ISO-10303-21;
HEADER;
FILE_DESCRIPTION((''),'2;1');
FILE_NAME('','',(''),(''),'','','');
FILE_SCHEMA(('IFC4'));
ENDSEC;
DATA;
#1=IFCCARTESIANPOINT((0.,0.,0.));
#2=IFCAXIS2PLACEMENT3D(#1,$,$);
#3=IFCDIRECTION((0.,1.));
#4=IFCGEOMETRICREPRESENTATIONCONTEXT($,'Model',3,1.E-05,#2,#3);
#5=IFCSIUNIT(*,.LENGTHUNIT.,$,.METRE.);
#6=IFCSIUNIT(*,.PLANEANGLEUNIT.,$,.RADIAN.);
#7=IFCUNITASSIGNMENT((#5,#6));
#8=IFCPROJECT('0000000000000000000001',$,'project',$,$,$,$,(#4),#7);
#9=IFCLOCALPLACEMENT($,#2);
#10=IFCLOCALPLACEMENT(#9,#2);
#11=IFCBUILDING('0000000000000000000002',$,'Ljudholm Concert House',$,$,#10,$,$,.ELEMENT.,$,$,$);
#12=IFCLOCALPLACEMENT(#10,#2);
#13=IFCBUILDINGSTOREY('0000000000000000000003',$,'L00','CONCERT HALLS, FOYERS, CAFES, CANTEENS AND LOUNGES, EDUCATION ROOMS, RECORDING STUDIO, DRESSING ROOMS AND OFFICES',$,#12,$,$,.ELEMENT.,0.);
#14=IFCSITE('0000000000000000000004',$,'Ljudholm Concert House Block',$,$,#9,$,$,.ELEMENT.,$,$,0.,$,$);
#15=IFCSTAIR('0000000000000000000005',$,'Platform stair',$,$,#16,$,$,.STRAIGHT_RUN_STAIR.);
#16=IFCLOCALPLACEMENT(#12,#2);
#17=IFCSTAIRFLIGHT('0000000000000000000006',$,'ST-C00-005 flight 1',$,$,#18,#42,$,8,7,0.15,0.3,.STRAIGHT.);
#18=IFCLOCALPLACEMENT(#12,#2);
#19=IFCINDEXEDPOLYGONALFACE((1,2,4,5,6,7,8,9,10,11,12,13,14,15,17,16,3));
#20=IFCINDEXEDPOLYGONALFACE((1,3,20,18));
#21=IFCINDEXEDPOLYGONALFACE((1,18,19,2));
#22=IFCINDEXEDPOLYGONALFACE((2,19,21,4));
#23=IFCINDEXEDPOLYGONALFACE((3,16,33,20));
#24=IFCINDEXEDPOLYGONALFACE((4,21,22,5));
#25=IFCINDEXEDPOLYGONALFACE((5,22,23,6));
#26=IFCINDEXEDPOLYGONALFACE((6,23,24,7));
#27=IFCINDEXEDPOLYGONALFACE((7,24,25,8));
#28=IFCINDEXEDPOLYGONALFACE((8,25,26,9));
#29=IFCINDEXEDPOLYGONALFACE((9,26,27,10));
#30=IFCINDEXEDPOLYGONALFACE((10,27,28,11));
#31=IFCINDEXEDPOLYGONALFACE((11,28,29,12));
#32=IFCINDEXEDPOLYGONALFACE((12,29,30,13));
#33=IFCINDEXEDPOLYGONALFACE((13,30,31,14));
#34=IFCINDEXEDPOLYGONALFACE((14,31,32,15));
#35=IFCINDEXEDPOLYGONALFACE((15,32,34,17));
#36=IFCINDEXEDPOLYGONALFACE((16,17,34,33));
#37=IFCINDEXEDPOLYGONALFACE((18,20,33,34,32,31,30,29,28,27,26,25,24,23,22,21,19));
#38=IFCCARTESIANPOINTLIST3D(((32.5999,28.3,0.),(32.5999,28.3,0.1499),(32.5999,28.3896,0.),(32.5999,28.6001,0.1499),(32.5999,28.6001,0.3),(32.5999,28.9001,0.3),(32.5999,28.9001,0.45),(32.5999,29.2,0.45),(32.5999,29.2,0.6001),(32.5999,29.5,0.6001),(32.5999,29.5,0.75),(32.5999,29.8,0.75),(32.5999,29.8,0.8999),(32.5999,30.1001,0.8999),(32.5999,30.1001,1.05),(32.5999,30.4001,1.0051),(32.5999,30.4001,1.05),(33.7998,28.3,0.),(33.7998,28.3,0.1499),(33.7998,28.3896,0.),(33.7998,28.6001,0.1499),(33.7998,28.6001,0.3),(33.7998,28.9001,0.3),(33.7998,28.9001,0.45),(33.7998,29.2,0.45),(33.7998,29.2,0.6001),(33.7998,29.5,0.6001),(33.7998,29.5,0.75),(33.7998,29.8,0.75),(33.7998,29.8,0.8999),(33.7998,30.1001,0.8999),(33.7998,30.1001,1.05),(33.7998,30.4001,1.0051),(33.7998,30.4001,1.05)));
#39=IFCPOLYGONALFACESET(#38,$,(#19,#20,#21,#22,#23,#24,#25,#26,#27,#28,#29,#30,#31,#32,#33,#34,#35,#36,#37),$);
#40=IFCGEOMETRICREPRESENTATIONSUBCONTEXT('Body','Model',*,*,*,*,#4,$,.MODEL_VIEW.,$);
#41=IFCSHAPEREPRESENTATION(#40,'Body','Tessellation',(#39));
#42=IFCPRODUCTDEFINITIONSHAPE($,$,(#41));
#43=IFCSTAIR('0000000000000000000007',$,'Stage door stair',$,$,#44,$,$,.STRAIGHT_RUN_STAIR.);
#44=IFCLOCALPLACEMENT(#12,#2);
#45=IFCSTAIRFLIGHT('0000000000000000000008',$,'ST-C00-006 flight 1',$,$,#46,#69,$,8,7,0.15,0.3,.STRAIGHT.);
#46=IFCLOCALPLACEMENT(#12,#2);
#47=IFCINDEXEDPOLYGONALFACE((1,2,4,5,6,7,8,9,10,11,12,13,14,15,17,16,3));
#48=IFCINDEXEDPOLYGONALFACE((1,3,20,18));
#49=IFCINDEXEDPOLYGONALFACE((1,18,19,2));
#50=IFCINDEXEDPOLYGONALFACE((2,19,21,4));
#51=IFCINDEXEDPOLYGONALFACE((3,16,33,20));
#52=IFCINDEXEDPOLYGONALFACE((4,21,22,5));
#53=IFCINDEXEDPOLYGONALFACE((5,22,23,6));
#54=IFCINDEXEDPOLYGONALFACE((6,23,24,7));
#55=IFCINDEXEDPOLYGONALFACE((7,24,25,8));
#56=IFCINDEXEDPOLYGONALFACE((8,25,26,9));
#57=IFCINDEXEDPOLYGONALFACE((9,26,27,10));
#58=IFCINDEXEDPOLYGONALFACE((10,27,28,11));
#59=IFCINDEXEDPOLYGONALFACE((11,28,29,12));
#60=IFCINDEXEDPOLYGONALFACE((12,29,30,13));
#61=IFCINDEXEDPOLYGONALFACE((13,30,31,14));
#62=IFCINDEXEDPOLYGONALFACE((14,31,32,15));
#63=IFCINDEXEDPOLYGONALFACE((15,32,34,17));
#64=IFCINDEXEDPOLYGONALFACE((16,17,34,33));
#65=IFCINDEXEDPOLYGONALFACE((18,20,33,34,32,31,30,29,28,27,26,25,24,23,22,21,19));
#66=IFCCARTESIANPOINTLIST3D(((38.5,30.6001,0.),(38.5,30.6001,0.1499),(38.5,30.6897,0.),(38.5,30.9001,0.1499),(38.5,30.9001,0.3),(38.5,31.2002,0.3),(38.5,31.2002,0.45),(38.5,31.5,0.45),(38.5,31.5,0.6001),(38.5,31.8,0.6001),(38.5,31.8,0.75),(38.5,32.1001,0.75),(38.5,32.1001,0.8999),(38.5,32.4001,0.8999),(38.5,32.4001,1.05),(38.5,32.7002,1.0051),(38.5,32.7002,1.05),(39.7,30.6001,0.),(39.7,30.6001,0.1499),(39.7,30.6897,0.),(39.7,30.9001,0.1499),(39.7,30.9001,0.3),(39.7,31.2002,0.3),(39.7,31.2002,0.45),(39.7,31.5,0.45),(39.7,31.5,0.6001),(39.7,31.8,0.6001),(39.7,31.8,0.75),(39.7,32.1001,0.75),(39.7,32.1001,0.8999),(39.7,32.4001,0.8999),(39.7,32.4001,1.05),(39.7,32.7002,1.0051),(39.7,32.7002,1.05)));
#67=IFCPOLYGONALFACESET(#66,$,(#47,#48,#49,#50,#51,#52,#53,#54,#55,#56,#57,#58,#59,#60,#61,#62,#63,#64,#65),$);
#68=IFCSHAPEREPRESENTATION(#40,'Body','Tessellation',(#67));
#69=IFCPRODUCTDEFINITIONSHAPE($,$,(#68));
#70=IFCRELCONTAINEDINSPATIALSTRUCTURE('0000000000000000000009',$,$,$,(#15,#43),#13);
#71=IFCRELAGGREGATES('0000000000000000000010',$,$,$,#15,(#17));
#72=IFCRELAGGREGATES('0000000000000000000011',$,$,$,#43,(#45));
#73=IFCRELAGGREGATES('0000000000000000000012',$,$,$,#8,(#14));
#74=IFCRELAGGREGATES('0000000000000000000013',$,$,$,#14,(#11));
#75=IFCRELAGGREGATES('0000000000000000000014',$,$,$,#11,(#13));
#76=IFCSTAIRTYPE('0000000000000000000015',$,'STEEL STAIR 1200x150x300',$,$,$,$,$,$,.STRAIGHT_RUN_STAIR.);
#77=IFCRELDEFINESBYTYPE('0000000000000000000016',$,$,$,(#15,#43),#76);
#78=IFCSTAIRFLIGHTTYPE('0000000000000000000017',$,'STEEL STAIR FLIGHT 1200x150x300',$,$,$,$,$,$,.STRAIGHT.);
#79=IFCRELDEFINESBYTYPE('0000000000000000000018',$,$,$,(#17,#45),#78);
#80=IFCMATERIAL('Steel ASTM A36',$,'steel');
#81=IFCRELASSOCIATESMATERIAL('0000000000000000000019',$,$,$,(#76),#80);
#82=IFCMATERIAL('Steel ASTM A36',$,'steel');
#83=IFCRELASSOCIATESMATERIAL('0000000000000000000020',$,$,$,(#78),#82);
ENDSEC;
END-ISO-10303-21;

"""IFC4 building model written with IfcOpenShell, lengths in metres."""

from ifc_helpers import new_model, si_unit, direction, frame, origin, place, context, subcontext, project, spatial, polyline, outline, extrude, material, type_object, element, aggregate, save


model = new_model("IFC4")

# Units and contexts
model_context = context("Model", 3, precision=1e-05, world=origin(), true_north=direction((0.0, 1.0)))
body_context = subcontext(model_context, "Body", "Model", "MODEL_VIEW")
ifc_project = project(units=[si_unit("LENGTHUNIT", "METRE"), si_unit("PLANEANGLEUNIT", "RADIAN")], contexts=[model_context])

# Site, building, storey
site_placement = place(None, origin())
site = spatial("IfcSite", under=ifc_project, at=site_placement, Name="Ljudholm Concert House Block", CompositionType="ELEMENT", RefElevation=0.0)
building_placement = place(site_placement, origin())
building = spatial("IfcBuilding", under=site, at=building_placement, Name="Ljudholm Concert House", CompositionType="ELEMENT")
storey_placement = place(building_placement, origin())
storey = spatial("IfcBuildingStorey", under=building, at=storey_placement, Name="L00", Description="CONCERT HALLS, FOYERS, CAFES, CANTEENS AND LOUNGES, EDUCATION ROOMS, RECORDING STUDIO, DRESSING ROOMS AND OFFICES", CompositionType="ELEMENT", Elevation=0.0)

# Stairs, stair flights
ifc_material_1 = material(Name="Steel ASTM A36", Category="steel")
stair_type = type_object("IfcStairType", Name="STEEL STAIR 1200x150x300", PredefinedType="STRAIGHT_RUN_STAIR", material=ifc_material_1)
stair_1_placement = place(storey_placement, origin())
stair_1 = element("IfcStair", 1, at=stair_1_placement, inside=storey, type_object=stair_type, Name="Platform stair", PredefinedType="STRAIGHT_RUN_STAIR")
ifc_material_2 = material(Name="Steel ASTM A36", Category="steel")
stair_flight_type = type_object("IfcStairFlightType", Name="STEEL STAIR FLIGHT 1200x150x300", PredefinedType="STRAIGHT", material=ifc_material_2)
stair_flight_1_placement = place(storey_placement, frame((33.2, 28.3, 0.0), z_axis=(0.0, 0.0, 1.0), x_axis=(0.0, 1.0, 0.0)))
stair_flight_1 = element("IfcStairFlight", 2, at=stair_flight_1_placement, type_object=stair_flight_type, Name="ST-C00-005 flight 1", NumberOfRisers=8, NumberOfTreads=7, PredefinedType="STRAIGHT", RiserHeight=0.15, TreadLength=0.3, context=body_context, shape_type="SweptSolid", body=[
    extrude(outline(polyline([(0.0, 0.0), (0.0, 0.1499), (0.3, 0.1499), (0.3, 0.3), (0.6001, 0.3), (0.6001, 0.45), (0.8999, 0.45), (0.8999, 0.6001), (1.2, 0.6001), (1.2, 0.75), (1.5, 0.75), (1.5, 0.8999), (1.8, 0.8999), (1.8, 1.05), (2.1001, 1.05), (2.1001, 1.2), (2.1001, 1.0051), (0.0896, 0.0), (0.0, 0.0)])), frame((0.0, 0.6001, 0.0), z_axis=(0.0, -1.0, 0.0), x_axis=(1.0, 0.0, 0.0)), (0.0, 0.0, 1.0), 1.2),
])
aggregate(stair_1, [stair_flight_1])
stair_2_placement = place(storey_placement, origin())
stair_2 = element("IfcStair", 3, at=stair_2_placement, inside=storey, type_object=stair_type, Name="Stage door stair", PredefinedType="STRAIGHT_RUN_STAIR")
stair_flight_2_placement = place(storey_placement, frame((39.1001, 30.6001, 0.0), z_axis=(0.0, 0.0, 1.0), x_axis=(0.0, 1.0, 0.0)))
stair_flight_2 = element("IfcStairFlight", 4, at=stair_flight_2_placement, type_object=stair_flight_type, Name="ST-C00-006 flight 1", NumberOfRisers=8, NumberOfTreads=7, PredefinedType="STRAIGHT", RiserHeight=0.15, TreadLength=0.3, context=body_context, shape_type="SweptSolid", body=[
    extrude(outline(polyline([(0.0, 0.0), (0.0, 0.1499), (0.3, 0.1499), (0.3, 0.3), (0.6001, 0.3), (0.6001, 0.45), (0.8999, 0.45), (0.8999, 0.6001), (1.2, 0.6001), (1.2, 0.75), (1.5, 0.75), (1.5, 0.8999), (1.8, 0.8999), (1.8, 1.05), (2.1001, 1.05), (2.1001, 1.2), (2.1001, 1.0051), (0.0896, 0.0), (0.0, 0.0)])), frame((0.0, 0.6001, 0.0), z_axis=(0.0, -1.0, 0.0), x_axis=(1.0, 0.0, 0.0)), (0.0, 0.0, 1.0), 1.2),
])
aggregate(stair_2, [stair_flight_2])

save(model, "model.ifc")
